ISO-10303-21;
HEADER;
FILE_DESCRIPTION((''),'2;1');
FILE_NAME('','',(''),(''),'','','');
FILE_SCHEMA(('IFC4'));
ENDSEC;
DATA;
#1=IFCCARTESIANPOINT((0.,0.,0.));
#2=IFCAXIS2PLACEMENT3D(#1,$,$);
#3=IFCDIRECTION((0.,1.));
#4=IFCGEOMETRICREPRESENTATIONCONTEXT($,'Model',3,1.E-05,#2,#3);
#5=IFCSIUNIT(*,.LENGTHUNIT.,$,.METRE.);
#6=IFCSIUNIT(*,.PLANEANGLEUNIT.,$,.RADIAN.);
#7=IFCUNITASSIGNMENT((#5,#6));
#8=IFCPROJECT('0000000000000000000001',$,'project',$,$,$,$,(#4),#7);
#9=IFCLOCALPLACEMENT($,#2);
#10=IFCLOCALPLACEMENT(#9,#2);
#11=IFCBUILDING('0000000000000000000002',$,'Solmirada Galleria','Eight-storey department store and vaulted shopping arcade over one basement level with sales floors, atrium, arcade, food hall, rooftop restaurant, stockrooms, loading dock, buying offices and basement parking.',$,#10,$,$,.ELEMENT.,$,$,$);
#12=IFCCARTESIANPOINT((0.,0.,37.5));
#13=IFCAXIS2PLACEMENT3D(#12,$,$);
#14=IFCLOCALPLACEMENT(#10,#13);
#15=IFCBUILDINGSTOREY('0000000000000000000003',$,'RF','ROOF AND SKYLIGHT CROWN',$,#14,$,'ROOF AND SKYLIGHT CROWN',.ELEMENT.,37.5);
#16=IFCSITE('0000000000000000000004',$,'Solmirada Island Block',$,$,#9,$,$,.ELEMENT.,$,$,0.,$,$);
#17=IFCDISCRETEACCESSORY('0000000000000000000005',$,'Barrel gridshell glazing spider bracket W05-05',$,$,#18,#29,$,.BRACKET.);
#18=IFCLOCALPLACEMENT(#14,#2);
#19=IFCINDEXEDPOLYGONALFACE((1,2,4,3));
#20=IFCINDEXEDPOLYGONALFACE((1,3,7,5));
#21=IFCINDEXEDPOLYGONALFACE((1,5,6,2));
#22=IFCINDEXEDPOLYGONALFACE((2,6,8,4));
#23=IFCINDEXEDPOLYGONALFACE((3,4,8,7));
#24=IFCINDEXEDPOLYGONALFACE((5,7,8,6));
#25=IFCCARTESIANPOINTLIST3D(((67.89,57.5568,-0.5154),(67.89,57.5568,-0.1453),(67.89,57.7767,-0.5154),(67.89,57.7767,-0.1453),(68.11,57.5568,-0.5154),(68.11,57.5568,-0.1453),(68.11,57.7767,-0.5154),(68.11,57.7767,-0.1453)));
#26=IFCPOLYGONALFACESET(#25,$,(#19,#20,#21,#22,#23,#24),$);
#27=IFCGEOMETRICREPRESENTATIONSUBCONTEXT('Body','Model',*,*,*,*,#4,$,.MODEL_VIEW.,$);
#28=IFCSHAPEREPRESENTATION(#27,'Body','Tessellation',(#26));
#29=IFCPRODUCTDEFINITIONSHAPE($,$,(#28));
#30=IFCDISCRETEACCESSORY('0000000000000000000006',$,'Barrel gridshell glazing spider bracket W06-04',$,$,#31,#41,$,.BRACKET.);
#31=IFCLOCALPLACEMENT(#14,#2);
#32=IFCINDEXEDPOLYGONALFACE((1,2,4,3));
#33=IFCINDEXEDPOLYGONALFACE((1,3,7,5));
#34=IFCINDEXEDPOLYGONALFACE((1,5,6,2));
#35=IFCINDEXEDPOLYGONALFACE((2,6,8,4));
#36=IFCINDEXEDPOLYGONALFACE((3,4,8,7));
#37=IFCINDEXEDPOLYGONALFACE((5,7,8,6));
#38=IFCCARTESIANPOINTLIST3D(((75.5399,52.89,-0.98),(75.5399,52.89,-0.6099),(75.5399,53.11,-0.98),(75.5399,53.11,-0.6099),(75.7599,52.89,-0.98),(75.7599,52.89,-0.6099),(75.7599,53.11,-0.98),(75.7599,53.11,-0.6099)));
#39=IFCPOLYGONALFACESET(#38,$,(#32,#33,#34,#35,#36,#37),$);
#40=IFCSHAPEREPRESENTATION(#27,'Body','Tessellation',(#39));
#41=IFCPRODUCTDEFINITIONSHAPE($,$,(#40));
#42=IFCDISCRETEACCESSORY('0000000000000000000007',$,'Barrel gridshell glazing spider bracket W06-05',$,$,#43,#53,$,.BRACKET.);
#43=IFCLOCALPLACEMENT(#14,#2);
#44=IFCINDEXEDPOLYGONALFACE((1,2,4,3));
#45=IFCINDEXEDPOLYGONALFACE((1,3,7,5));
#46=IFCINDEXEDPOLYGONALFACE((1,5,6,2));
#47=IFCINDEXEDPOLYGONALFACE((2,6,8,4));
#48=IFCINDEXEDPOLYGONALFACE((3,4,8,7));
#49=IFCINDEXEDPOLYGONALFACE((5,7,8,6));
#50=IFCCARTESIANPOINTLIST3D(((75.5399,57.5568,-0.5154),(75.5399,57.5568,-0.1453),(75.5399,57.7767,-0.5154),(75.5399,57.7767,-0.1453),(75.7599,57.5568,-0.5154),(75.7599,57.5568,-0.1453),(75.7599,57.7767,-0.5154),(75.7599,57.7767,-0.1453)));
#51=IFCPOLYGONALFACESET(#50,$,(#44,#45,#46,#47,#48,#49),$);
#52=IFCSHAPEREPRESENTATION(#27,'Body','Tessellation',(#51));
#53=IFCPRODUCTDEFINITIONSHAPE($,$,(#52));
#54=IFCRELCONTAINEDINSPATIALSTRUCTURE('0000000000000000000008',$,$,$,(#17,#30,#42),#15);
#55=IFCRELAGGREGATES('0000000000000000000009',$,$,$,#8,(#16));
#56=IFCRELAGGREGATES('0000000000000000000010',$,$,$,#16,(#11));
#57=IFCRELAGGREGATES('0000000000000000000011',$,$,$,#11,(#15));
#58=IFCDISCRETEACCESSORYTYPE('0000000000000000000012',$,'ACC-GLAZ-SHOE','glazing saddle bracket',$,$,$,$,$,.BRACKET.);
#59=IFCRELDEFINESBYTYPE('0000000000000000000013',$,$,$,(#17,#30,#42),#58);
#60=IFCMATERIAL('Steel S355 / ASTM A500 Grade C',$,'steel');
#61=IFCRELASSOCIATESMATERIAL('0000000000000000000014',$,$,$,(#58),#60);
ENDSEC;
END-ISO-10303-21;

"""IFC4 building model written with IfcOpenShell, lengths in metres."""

from ifc_helpers import new_model, si_unit, direction, frame, origin, origin_2d, place, context, subcontext, project, spatial, rectangle, extrude, material, type_object, element, save


model = new_model("IFC4")

# Units and contexts
model_context = context("Model", 3, precision=1e-05, world=origin(), true_north=direction((0.0, 1.0)))
body_context = subcontext(model_context, "Body", "Model", "MODEL_VIEW")
ifc_project = project(units=[si_unit("LENGTHUNIT", "METRE"), si_unit("PLANEANGLEUNIT", "RADIAN")], contexts=[model_context])

# Site, building, storey
site_placement = place(None, origin())
site = spatial("IfcSite", under=ifc_project, at=site_placement, Name="Solmirada Island Block", CompositionType="ELEMENT", RefElevation=0.0)
building_placement = place(site_placement, origin())
building = spatial("IfcBuilding", under=site, at=building_placement, Name="Solmirada Galleria", Description="Eight-storey department store and vaulted shopping arcade over one basement level with sales floors, atrium, arcade, food hall, rooftop restaurant, stockrooms, loading dock, buying offices and basement parking.", CompositionType="ELEMENT")
storey_placement = place(building_placement, frame((0.0, 0.0, 37.5)))
storey = spatial("IfcBuildingStorey", under=building, at=storey_placement, Name="RF", Description="ROOF AND SKYLIGHT CROWN", LongName="ROOF AND SKYLIGHT CROWN", CompositionType="ELEMENT", Elevation=37.5)

# Shared definitions
ifc_material_1 = material(Name="Steel S355 / ASTM A500 Grade C", Category="steel")

# Discrete accessories
discrete_accessory_type = type_object("IfcDiscreteAccessoryType", Name="ACC-GLAZ-SHOE", Description="glazing saddle bracket", PredefinedType="BRACKET", material=ifc_material_1)
for number, where, z_axis, x_axis, name in (
    (1, (68.0, 57.6667, -0.5154), (0.0, 0.0, 1.0), (1.0, 0.0, 0.0), "Barrel gridshell glazing spider bracket W05-05"),
    (2, (75.6499, 53.0, -0.98), (0.0, 0.0, 1.0), (1.0, 0.0, 0.0), "Barrel gridshell glazing spider bracket W06-04"),
    (3, (75.6499, 57.6667, -0.5154), (0.0, 0.0, 1.0), (1.0, 0.0, 0.0), "Barrel gridshell glazing spider bracket W06-05"),
):
    element("IfcDiscreteAccessory", number, at=place(storey_placement, frame(where, z_axis=z_axis, x_axis=x_axis)), inside=storey, type_object=discrete_accessory_type, Name=name, PredefinedType="BRACKET", context=body_context, shape_type="SweptSolid", body=[
        extrude(rectangle(XDim=0.22, YDim=0.22, at=origin_2d()), origin(), (0.0, 0.0, 1.0), 0.3701),
    ])

save(model, "model.ifc")
